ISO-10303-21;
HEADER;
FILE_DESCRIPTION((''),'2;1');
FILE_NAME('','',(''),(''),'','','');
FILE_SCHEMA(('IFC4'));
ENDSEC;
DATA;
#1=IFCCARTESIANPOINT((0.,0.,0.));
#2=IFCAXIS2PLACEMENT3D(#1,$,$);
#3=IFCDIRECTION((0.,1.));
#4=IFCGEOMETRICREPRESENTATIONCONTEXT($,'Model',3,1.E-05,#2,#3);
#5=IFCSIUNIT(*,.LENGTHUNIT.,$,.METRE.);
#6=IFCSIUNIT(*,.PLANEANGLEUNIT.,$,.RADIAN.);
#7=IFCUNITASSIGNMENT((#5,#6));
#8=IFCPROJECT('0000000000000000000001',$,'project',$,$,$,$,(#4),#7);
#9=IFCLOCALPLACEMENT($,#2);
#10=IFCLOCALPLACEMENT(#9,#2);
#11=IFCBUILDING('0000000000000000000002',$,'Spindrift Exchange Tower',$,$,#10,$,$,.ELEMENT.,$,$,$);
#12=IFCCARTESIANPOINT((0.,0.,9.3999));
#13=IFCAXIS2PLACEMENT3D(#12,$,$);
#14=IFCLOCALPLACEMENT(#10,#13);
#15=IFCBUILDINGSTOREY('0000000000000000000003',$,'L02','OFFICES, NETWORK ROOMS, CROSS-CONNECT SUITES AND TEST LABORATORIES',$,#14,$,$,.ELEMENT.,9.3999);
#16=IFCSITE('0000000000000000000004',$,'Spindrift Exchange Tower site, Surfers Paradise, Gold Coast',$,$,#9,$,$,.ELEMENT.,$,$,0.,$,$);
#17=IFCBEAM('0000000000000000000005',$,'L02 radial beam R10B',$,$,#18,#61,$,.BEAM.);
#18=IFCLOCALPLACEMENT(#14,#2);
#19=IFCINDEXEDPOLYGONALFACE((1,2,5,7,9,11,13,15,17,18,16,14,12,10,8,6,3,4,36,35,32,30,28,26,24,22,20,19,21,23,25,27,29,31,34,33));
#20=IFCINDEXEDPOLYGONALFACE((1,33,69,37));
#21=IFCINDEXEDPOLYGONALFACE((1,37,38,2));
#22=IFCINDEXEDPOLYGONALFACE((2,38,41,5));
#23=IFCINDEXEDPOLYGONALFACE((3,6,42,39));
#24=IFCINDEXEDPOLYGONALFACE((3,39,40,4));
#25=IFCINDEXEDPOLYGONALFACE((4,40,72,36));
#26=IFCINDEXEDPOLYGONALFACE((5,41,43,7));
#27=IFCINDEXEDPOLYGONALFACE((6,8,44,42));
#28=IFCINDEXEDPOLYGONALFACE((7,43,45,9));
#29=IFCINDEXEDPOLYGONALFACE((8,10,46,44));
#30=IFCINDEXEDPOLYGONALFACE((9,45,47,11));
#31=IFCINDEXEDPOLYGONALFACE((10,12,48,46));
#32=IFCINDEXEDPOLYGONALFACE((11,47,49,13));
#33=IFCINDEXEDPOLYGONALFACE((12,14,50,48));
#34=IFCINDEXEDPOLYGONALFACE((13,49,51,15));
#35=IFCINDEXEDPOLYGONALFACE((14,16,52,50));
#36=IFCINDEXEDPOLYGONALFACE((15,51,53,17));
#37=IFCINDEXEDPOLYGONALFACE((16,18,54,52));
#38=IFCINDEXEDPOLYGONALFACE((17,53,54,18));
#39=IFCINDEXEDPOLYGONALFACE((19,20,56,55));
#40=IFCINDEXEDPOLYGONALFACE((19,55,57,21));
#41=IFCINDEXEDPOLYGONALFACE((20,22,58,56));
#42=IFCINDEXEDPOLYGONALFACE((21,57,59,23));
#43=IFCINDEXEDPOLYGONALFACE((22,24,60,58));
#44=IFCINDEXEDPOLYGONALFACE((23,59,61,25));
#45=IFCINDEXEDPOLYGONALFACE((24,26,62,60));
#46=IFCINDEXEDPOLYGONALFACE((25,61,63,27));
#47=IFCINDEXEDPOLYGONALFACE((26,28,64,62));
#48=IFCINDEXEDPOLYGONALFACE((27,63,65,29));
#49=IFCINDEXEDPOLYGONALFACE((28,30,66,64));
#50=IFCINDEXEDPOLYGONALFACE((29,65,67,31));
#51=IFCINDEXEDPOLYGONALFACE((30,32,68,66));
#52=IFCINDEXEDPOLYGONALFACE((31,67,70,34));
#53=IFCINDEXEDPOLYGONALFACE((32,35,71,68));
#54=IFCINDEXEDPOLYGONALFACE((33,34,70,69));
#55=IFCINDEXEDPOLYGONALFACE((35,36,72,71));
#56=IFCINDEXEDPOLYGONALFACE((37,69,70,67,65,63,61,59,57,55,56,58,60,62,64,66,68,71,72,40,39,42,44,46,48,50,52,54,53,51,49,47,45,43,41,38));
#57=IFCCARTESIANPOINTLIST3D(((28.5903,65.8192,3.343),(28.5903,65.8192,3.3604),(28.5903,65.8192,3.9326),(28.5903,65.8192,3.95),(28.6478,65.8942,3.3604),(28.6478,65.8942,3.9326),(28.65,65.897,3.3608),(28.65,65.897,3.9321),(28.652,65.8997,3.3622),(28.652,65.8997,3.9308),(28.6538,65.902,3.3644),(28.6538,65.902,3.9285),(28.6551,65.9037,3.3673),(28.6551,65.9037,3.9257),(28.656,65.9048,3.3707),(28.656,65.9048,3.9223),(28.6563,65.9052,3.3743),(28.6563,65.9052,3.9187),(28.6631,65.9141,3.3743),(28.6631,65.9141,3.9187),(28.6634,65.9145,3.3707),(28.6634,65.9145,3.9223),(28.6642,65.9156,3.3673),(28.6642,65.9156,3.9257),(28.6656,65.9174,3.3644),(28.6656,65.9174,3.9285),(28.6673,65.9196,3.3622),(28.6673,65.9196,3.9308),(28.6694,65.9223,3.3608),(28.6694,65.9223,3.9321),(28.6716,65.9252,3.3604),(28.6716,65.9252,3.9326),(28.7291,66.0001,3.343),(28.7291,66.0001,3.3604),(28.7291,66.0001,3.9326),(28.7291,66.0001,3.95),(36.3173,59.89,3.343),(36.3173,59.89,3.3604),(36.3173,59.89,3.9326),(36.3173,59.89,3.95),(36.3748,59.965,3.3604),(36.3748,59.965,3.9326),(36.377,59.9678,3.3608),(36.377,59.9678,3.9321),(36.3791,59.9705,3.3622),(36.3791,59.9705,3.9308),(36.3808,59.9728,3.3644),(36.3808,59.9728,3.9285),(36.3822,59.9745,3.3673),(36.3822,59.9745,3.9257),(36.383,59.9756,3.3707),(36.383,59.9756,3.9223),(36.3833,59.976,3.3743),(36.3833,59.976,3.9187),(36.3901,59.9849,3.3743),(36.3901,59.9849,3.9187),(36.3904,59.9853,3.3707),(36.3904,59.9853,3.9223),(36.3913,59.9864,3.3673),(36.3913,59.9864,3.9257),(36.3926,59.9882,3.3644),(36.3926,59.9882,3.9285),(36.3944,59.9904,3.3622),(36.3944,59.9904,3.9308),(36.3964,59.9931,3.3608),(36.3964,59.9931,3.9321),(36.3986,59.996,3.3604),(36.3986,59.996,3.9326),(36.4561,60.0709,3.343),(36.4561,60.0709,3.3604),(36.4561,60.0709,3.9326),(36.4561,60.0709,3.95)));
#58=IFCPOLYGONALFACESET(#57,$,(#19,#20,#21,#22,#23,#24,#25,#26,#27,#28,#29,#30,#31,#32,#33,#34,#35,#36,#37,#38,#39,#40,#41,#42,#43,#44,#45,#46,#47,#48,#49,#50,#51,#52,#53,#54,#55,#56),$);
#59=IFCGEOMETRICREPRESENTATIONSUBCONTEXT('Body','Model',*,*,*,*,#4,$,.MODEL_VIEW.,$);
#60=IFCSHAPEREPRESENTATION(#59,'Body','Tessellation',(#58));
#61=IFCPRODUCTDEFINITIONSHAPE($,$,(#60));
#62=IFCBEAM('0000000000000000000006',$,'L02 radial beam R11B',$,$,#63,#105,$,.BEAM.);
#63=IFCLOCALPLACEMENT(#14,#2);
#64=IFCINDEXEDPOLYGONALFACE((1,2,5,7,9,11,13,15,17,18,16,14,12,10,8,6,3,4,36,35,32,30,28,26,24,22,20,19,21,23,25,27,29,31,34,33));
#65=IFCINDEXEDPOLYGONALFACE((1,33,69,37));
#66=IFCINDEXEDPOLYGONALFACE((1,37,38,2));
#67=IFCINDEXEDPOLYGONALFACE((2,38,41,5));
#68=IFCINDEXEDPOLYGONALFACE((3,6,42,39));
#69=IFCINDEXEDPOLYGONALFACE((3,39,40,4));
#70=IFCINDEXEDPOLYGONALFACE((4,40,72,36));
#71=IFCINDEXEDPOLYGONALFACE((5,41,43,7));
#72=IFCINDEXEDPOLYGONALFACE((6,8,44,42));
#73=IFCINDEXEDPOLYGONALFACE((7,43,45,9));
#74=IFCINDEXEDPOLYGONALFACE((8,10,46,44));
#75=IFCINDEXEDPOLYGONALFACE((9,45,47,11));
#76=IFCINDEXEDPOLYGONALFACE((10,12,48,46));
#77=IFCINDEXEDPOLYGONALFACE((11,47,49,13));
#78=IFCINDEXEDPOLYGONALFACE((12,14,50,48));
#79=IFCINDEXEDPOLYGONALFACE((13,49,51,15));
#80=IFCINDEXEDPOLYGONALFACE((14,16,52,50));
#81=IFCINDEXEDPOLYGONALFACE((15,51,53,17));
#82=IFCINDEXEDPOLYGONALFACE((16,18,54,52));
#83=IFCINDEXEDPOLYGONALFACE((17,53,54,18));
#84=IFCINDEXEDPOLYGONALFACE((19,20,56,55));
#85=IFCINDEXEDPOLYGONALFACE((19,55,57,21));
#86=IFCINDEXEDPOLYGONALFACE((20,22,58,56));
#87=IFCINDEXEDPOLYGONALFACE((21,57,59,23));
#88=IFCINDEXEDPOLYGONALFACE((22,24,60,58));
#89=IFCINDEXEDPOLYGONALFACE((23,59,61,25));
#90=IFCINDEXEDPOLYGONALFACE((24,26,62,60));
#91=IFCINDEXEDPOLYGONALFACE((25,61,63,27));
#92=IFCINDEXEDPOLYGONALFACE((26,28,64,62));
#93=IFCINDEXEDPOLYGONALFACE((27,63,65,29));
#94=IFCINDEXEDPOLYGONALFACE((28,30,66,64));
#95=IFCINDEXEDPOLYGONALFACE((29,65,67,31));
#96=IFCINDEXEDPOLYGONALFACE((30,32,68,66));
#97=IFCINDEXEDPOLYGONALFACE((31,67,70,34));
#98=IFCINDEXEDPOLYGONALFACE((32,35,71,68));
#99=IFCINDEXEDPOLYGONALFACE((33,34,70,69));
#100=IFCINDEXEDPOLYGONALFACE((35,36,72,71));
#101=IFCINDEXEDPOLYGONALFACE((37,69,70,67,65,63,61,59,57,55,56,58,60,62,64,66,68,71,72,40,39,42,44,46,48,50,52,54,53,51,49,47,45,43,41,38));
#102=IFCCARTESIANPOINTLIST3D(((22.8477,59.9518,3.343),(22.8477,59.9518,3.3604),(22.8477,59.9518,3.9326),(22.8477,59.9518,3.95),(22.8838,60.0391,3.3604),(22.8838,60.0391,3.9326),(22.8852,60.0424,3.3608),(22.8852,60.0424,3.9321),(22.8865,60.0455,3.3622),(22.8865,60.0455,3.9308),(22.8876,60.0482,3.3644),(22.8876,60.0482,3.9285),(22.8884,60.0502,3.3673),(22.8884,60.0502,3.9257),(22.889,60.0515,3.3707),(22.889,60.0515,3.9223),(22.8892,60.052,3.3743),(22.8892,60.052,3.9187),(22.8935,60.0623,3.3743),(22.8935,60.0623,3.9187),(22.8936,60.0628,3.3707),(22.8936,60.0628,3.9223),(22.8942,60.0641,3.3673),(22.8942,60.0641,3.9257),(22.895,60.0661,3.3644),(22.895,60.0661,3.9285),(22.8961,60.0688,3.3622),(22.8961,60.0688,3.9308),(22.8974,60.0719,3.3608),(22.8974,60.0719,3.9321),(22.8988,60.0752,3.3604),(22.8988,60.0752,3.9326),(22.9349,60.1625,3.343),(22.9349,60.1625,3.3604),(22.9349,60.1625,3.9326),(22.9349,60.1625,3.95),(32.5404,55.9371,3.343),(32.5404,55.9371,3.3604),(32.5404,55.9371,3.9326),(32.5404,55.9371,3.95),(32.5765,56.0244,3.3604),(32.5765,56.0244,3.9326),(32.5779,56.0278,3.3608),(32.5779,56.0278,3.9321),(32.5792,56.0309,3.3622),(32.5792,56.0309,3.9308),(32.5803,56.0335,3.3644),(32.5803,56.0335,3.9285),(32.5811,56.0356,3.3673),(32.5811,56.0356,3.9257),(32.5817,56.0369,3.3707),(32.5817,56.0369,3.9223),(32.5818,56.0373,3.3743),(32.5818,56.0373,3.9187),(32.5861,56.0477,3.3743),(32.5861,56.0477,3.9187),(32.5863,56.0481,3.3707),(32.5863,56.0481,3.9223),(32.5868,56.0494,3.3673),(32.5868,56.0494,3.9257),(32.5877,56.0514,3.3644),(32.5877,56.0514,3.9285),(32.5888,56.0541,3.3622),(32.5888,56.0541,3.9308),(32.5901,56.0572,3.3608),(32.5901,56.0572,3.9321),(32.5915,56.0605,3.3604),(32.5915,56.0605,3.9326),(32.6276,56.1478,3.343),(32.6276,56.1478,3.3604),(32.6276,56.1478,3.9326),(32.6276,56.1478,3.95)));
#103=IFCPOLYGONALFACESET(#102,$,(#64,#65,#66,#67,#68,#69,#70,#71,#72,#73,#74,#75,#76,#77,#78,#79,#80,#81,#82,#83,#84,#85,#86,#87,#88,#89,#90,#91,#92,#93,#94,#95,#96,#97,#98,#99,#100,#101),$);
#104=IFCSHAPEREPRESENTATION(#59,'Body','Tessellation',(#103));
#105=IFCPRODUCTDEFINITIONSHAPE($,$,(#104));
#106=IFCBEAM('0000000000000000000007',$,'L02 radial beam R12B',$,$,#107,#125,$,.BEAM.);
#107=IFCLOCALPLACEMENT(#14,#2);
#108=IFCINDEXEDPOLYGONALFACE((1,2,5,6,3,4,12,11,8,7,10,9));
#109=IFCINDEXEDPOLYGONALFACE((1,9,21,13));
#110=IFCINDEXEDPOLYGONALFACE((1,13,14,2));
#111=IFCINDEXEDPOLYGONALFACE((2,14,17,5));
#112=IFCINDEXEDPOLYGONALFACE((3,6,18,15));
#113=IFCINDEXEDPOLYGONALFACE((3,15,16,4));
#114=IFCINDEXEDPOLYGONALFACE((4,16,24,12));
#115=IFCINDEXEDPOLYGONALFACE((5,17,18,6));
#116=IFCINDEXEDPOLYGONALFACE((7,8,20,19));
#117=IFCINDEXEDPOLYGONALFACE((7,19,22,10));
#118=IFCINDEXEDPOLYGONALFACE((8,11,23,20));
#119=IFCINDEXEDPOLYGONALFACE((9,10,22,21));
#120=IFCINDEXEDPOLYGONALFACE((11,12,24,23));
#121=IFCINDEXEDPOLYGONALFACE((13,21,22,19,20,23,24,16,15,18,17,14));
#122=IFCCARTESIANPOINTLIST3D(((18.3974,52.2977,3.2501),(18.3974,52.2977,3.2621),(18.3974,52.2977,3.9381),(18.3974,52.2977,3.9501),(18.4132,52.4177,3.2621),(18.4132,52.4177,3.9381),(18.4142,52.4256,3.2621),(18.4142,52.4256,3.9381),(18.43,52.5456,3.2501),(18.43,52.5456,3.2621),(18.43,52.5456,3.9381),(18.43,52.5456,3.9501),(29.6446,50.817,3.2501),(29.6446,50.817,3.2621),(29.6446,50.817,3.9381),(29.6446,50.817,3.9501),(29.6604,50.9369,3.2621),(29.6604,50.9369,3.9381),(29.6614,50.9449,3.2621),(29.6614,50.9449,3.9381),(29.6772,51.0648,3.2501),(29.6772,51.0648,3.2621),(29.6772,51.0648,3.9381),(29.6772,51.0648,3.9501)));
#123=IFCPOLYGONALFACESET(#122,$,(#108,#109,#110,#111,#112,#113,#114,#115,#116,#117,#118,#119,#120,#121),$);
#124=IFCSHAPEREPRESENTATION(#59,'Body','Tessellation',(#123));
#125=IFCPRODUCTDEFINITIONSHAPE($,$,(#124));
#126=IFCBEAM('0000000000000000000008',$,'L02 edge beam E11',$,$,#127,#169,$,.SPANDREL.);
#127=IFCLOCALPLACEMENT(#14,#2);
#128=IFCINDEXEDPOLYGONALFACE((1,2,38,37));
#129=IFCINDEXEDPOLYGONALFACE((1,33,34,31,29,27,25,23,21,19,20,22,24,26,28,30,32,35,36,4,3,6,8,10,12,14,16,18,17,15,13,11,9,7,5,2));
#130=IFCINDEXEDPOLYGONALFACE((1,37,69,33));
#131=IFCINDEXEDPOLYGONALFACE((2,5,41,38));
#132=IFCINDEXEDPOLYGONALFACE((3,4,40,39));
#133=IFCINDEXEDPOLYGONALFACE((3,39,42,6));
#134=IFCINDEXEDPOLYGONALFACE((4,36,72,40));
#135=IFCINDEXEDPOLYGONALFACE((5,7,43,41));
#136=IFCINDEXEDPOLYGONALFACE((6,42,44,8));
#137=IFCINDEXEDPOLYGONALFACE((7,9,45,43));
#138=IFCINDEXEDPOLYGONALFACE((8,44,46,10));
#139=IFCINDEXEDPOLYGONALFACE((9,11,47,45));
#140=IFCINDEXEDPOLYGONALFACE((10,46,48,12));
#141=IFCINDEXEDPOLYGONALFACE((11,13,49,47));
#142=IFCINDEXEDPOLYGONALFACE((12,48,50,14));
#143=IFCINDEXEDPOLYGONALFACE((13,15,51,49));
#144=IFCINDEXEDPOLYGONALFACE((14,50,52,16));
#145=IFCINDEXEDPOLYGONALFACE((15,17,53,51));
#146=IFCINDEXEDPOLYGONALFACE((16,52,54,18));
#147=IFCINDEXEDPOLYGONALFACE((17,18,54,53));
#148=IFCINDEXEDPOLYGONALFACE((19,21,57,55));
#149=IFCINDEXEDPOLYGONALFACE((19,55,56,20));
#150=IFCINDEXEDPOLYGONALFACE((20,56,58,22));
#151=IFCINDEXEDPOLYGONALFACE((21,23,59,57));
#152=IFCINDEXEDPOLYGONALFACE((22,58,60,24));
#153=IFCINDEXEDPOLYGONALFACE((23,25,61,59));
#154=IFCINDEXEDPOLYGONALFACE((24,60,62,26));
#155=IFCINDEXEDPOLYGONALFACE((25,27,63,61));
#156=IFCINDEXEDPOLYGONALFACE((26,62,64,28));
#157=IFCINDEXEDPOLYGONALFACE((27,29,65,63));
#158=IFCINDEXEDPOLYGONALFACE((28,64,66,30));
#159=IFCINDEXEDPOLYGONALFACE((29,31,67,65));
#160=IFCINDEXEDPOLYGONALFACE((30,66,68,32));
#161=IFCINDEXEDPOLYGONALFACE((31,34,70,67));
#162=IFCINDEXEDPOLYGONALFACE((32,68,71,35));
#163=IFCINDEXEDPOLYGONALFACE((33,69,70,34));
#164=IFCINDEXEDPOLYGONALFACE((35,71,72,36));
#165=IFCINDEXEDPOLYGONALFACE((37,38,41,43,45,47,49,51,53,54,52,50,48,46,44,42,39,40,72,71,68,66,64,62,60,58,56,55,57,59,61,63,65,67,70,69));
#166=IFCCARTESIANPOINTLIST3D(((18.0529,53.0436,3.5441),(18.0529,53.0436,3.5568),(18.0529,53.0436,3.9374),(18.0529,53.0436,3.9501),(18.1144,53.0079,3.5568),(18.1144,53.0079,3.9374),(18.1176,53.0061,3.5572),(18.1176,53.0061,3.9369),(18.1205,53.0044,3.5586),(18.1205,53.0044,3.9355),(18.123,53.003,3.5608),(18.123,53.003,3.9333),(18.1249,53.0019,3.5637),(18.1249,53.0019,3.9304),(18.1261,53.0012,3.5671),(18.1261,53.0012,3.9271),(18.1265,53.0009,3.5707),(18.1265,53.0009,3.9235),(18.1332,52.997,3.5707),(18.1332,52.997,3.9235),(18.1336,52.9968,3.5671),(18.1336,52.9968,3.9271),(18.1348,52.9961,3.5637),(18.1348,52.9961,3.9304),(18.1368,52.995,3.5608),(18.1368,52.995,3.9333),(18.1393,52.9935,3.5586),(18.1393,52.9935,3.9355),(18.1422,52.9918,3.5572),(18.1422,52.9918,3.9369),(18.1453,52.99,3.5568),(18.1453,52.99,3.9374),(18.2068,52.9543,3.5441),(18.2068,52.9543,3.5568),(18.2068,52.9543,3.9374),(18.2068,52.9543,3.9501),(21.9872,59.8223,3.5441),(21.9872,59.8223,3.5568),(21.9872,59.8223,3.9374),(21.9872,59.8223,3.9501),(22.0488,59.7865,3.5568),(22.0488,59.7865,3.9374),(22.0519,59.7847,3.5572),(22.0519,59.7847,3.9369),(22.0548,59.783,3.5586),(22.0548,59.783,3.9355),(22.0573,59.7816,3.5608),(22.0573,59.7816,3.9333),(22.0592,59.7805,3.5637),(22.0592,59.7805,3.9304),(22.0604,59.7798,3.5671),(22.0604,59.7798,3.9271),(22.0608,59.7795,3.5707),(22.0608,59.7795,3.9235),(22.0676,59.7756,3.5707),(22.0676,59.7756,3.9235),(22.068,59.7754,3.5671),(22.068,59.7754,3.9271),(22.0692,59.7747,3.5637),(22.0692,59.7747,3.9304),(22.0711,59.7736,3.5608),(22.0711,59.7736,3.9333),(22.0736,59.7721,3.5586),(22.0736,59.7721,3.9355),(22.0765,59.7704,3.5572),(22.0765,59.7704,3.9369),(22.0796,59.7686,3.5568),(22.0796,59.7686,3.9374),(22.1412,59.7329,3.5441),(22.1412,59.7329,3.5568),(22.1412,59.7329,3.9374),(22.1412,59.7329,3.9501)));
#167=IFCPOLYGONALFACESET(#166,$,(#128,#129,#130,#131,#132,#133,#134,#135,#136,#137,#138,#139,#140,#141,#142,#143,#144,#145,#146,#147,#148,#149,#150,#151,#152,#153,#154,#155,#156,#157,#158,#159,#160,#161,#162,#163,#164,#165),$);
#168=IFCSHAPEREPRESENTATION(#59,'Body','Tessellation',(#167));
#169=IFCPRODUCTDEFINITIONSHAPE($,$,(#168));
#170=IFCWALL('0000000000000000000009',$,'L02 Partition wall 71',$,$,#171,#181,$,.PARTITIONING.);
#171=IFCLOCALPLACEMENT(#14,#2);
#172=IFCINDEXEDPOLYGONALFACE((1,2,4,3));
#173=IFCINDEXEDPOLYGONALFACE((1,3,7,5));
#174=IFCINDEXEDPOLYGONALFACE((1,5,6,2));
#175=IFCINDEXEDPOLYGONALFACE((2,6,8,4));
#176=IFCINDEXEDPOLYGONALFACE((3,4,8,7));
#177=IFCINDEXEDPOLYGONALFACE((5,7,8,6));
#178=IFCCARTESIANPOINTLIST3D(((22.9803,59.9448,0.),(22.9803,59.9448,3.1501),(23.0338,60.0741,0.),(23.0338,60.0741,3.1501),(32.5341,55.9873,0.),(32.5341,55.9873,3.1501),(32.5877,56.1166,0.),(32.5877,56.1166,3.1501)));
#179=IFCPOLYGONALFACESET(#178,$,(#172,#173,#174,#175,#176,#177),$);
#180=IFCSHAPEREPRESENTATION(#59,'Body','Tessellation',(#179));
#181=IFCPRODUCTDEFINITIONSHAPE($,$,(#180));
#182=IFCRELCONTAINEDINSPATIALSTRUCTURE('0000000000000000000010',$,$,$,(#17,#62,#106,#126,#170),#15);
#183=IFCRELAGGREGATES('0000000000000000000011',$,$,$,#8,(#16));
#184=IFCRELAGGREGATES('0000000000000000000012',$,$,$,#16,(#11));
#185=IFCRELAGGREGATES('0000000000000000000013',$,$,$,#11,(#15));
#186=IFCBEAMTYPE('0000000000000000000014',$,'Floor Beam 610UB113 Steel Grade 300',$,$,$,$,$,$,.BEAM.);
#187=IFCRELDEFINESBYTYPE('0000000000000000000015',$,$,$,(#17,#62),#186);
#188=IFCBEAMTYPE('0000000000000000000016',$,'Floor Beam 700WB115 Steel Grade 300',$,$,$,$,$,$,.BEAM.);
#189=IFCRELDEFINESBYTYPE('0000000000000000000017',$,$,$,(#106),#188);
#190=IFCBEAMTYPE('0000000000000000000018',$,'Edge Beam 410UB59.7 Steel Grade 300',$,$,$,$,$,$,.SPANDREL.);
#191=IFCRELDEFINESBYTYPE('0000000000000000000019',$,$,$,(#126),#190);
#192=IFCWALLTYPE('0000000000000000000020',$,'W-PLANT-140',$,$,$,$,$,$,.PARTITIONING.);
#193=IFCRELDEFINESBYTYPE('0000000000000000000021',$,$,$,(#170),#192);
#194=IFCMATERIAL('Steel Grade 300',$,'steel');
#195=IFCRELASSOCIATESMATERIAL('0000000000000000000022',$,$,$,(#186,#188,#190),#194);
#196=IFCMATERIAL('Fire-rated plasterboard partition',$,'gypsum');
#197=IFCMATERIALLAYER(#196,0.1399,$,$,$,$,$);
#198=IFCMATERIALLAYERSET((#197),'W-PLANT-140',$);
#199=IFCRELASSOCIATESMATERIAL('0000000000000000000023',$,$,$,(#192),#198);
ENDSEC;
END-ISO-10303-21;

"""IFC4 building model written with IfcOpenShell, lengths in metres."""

from ifc_helpers import new_model, si_unit, direction, frame, frame_2d, origin, origin_2d, place, context, subcontext, project, spatial, rectangle, i_section, extrude, source, transform, mapped, material, layer, layer_set, material_profile, profile_set, type_object, element, save


model = new_model("IFC4")

# Units and contexts
model_context = context("Model", 3, precision=1e-05, world=origin(), true_north=direction((0.0, 1.0)))
body_context = subcontext(model_context, "Body", "Model", "MODEL_VIEW")
ifc_project = project(units=[si_unit("LENGTHUNIT", "METRE"), si_unit("PLANEANGLEUNIT", "RADIAN")], contexts=[model_context])

# Site, building, storey
site_placement = place(None, origin())
site = spatial("IfcSite", under=ifc_project, at=site_placement, Name="Spindrift Exchange Tower site, Surfers Paradise, Gold Coast", CompositionType="ELEMENT", RefElevation=0.0)
building_placement = place(site_placement, origin())
building = spatial("IfcBuilding", under=site, at=building_placement, Name="Spindrift Exchange Tower", CompositionType="ELEMENT")
storey_placement = place(building_placement, frame((0.0, 0.0, 9.3999)))
storey = spatial("IfcBuildingStorey", under=building, at=storey_placement, Name="L02", Description="OFFICES, NETWORK ROOMS, CROSS-CONNECT SUITES AND TEST LABORATORIES", CompositionType="ELEMENT", Elevation=9.3999)

# Beams
ifc_material_1 = material(Name="Steel Grade 300", Category="steel")
ifc_material_profile_1 = material_profile(ifc_material_1, i_section(OverallWidth=0.228, OverallDepth=0.6069, WebThickness=0.0112, FlangeThickness=0.0173, FilletRadius=0.0139, at=origin_2d()), Name="610UB113")
ifc_profile_set_1 = profile_set([ifc_material_profile_1], Name="Steel Grade 300")
beam_type_1 = type_object("IfcBeamType", Name="Floor Beam 610UB113 Steel Grade 300", PredefinedType="BEAM", material=ifc_profile_set_1)
shared_shape_1 = source(origin(), body_context, "Body", "SweptSolid", [
    extrude(i_section(OverallWidth=0.228, OverallDepth=0.6069, WebThickness=0.0112, FlangeThickness=0.0173, FilletRadius=0.0139, at=origin_2d()), origin(), (0.0, 0.0, 1.0), 9.7397),
])
beam_1_placement = place(storey_placement, frame((36.3867, 59.9805, 3.6465), z_axis=(-0.793352, 0.608763, 0.0), x_axis=(-0.608763, -0.793352, 0.0)))
element("IfcBeam", 1, at=beam_1_placement, inside=storey, type_object=beam_type_1, Name="L02 radial beam R10B", PredefinedType="BEAM", context=body_context, shape_type="MappedRepresentation", body=[
    mapped(shared_shape_1, transform((0.0, 0.0, 0.0), scale=1.0)),
])
shared_shape_2 = source(origin(), body_context, "Body", "SweptSolid", [
    extrude(i_section(OverallWidth=0.228, OverallDepth=0.6069, WebThickness=0.0112, FlangeThickness=0.0173, FilletRadius=0.0139, at=origin_2d()), origin(), (0.0, 0.0, 1.0), 10.4912),
])
beam_2_placement = place(storey_placement, frame((32.584, 56.0425, 3.6465), z_axis=(-0.923885, 0.38267, 0.0), x_axis=(-0.38267, -0.923885, 0.0)))
element("IfcBeam", 2, at=beam_2_placement, inside=storey, type_object=beam_type_1, Name="L02 radial beam R11B", PredefinedType="BEAM", context=body_context, shape_type="MappedRepresentation", body=[
    mapped(shared_shape_2, transform((0.0, 0.0, 0.0), scale=1.0)),
])
ifc_material_profile_2 = material_profile(ifc_material_1, i_section(OverallWidth=0.25, OverallDepth=0.7, WebThickness=0.0081, FlangeThickness=0.012, at=origin_2d()), Name="700WB115")
ifc_profile_set_2 = profile_set([ifc_material_profile_2], Name="Steel Grade 300")
beam_type_2 = type_object("IfcBeamType", Name="Floor Beam 700WB115 Steel Grade 300", PredefinedType="BEAM", material=ifc_profile_set_2)
shared_shape_3 = source(origin(), body_context, "Body", "SweptSolid", [
    extrude(i_section(OverallWidth=0.25, OverallDepth=0.7, WebThickness=0.0081, FlangeThickness=0.012, at=origin_2d()), origin(), (0.0, 0.0, 1.0), 11.3442),
])
beam_3_placement = place(storey_placement, frame((29.6609, 50.9409, 3.6001), z_axis=(-0.991445, 0.130527, 0.0), x_axis=(-0.130527, -0.991445, 0.0)))
element("IfcBeam", 3, at=beam_3_placement, inside=storey, type_object=beam_type_2, Name="L02 radial beam R12B", PredefinedType="BEAM", context=body_context, shape_type="MappedRepresentation", body=[
    mapped(shared_shape_3, transform((0.0, 0.0, 0.0), scale=1.0)),
])
ifc_material_profile_3 = material_profile(ifc_material_1, i_section(OverallWidth=0.178, OverallDepth=0.406, WebThickness=0.0078, FlangeThickness=0.0127, FilletRadius=0.0139, at=origin_2d()), Name="410UB59.7")
ifc_profile_set_3 = profile_set([ifc_material_profile_3], Name="Steel Grade 300")
beam_type_3 = type_object("IfcBeamType", Name="Edge Beam 410UB59.7 Steel Grade 300", PredefinedType="SPANDREL", material=ifc_profile_set_3)
shared_shape_4 = source(origin(), body_context, "Body", "SweptSolid", [
    extrude(i_section(OverallWidth=0.178, OverallDepth=0.406, WebThickness=0.0078, FlangeThickness=0.0127, FilletRadius=0.0139, at=origin_2d()), origin(), (0.0, 0.0, 1.0), 7.8376),
])
beam_4_placement = place(storey_placement, frame((22.0642, 59.7776, 3.7471), z_axis=(-0.501981, -0.864878, 0.0), x_axis=(0.864878, -0.501981, 0.0)))
element("IfcBeam", 4, at=beam_4_placement, inside=storey, type_object=beam_type_3, Name="L02 edge beam E11", PredefinedType="SPANDREL", context=body_context, shape_type="MappedRepresentation", body=[
    mapped(shared_shape_4, transform((0.0, 0.0, 0.0), scale=1.0)),
])

# Wall
ifc_material_2 = material(Name="Fire-rated plasterboard partition", Category="gypsum")
ifc_layer = layer(ifc_material_2, 0.1399)
ifc_layer_set = layer_set([ifc_layer], Name="W-PLANT-140")
wall_type = type_object("IfcWallType", Name="W-PLANT-140", PredefinedType="PARTITIONING", material=ifc_layer_set)
wall_1_placement = place(storey_placement, frame((32.5608, 56.052, 0.0), z_axis=(0.0, 0.0, 1.0), x_axis=(-0.923875, 0.382695, 0.0)))
element("IfcWall", 5, at=wall_1_placement, inside=storey, type_object=wall_type, Name="L02 Partition wall 71", PredefinedType="PARTITIONING", context=body_context, shape_type="SweptSolid", body=[
    extrude(rectangle(XDim=10.3411, YDim=0.1399, at=frame_2d((5.1704, 0.0))), origin(), (0.0, 0.0, 1.0), 3.1501),
])

save(model, "model.ifc")
